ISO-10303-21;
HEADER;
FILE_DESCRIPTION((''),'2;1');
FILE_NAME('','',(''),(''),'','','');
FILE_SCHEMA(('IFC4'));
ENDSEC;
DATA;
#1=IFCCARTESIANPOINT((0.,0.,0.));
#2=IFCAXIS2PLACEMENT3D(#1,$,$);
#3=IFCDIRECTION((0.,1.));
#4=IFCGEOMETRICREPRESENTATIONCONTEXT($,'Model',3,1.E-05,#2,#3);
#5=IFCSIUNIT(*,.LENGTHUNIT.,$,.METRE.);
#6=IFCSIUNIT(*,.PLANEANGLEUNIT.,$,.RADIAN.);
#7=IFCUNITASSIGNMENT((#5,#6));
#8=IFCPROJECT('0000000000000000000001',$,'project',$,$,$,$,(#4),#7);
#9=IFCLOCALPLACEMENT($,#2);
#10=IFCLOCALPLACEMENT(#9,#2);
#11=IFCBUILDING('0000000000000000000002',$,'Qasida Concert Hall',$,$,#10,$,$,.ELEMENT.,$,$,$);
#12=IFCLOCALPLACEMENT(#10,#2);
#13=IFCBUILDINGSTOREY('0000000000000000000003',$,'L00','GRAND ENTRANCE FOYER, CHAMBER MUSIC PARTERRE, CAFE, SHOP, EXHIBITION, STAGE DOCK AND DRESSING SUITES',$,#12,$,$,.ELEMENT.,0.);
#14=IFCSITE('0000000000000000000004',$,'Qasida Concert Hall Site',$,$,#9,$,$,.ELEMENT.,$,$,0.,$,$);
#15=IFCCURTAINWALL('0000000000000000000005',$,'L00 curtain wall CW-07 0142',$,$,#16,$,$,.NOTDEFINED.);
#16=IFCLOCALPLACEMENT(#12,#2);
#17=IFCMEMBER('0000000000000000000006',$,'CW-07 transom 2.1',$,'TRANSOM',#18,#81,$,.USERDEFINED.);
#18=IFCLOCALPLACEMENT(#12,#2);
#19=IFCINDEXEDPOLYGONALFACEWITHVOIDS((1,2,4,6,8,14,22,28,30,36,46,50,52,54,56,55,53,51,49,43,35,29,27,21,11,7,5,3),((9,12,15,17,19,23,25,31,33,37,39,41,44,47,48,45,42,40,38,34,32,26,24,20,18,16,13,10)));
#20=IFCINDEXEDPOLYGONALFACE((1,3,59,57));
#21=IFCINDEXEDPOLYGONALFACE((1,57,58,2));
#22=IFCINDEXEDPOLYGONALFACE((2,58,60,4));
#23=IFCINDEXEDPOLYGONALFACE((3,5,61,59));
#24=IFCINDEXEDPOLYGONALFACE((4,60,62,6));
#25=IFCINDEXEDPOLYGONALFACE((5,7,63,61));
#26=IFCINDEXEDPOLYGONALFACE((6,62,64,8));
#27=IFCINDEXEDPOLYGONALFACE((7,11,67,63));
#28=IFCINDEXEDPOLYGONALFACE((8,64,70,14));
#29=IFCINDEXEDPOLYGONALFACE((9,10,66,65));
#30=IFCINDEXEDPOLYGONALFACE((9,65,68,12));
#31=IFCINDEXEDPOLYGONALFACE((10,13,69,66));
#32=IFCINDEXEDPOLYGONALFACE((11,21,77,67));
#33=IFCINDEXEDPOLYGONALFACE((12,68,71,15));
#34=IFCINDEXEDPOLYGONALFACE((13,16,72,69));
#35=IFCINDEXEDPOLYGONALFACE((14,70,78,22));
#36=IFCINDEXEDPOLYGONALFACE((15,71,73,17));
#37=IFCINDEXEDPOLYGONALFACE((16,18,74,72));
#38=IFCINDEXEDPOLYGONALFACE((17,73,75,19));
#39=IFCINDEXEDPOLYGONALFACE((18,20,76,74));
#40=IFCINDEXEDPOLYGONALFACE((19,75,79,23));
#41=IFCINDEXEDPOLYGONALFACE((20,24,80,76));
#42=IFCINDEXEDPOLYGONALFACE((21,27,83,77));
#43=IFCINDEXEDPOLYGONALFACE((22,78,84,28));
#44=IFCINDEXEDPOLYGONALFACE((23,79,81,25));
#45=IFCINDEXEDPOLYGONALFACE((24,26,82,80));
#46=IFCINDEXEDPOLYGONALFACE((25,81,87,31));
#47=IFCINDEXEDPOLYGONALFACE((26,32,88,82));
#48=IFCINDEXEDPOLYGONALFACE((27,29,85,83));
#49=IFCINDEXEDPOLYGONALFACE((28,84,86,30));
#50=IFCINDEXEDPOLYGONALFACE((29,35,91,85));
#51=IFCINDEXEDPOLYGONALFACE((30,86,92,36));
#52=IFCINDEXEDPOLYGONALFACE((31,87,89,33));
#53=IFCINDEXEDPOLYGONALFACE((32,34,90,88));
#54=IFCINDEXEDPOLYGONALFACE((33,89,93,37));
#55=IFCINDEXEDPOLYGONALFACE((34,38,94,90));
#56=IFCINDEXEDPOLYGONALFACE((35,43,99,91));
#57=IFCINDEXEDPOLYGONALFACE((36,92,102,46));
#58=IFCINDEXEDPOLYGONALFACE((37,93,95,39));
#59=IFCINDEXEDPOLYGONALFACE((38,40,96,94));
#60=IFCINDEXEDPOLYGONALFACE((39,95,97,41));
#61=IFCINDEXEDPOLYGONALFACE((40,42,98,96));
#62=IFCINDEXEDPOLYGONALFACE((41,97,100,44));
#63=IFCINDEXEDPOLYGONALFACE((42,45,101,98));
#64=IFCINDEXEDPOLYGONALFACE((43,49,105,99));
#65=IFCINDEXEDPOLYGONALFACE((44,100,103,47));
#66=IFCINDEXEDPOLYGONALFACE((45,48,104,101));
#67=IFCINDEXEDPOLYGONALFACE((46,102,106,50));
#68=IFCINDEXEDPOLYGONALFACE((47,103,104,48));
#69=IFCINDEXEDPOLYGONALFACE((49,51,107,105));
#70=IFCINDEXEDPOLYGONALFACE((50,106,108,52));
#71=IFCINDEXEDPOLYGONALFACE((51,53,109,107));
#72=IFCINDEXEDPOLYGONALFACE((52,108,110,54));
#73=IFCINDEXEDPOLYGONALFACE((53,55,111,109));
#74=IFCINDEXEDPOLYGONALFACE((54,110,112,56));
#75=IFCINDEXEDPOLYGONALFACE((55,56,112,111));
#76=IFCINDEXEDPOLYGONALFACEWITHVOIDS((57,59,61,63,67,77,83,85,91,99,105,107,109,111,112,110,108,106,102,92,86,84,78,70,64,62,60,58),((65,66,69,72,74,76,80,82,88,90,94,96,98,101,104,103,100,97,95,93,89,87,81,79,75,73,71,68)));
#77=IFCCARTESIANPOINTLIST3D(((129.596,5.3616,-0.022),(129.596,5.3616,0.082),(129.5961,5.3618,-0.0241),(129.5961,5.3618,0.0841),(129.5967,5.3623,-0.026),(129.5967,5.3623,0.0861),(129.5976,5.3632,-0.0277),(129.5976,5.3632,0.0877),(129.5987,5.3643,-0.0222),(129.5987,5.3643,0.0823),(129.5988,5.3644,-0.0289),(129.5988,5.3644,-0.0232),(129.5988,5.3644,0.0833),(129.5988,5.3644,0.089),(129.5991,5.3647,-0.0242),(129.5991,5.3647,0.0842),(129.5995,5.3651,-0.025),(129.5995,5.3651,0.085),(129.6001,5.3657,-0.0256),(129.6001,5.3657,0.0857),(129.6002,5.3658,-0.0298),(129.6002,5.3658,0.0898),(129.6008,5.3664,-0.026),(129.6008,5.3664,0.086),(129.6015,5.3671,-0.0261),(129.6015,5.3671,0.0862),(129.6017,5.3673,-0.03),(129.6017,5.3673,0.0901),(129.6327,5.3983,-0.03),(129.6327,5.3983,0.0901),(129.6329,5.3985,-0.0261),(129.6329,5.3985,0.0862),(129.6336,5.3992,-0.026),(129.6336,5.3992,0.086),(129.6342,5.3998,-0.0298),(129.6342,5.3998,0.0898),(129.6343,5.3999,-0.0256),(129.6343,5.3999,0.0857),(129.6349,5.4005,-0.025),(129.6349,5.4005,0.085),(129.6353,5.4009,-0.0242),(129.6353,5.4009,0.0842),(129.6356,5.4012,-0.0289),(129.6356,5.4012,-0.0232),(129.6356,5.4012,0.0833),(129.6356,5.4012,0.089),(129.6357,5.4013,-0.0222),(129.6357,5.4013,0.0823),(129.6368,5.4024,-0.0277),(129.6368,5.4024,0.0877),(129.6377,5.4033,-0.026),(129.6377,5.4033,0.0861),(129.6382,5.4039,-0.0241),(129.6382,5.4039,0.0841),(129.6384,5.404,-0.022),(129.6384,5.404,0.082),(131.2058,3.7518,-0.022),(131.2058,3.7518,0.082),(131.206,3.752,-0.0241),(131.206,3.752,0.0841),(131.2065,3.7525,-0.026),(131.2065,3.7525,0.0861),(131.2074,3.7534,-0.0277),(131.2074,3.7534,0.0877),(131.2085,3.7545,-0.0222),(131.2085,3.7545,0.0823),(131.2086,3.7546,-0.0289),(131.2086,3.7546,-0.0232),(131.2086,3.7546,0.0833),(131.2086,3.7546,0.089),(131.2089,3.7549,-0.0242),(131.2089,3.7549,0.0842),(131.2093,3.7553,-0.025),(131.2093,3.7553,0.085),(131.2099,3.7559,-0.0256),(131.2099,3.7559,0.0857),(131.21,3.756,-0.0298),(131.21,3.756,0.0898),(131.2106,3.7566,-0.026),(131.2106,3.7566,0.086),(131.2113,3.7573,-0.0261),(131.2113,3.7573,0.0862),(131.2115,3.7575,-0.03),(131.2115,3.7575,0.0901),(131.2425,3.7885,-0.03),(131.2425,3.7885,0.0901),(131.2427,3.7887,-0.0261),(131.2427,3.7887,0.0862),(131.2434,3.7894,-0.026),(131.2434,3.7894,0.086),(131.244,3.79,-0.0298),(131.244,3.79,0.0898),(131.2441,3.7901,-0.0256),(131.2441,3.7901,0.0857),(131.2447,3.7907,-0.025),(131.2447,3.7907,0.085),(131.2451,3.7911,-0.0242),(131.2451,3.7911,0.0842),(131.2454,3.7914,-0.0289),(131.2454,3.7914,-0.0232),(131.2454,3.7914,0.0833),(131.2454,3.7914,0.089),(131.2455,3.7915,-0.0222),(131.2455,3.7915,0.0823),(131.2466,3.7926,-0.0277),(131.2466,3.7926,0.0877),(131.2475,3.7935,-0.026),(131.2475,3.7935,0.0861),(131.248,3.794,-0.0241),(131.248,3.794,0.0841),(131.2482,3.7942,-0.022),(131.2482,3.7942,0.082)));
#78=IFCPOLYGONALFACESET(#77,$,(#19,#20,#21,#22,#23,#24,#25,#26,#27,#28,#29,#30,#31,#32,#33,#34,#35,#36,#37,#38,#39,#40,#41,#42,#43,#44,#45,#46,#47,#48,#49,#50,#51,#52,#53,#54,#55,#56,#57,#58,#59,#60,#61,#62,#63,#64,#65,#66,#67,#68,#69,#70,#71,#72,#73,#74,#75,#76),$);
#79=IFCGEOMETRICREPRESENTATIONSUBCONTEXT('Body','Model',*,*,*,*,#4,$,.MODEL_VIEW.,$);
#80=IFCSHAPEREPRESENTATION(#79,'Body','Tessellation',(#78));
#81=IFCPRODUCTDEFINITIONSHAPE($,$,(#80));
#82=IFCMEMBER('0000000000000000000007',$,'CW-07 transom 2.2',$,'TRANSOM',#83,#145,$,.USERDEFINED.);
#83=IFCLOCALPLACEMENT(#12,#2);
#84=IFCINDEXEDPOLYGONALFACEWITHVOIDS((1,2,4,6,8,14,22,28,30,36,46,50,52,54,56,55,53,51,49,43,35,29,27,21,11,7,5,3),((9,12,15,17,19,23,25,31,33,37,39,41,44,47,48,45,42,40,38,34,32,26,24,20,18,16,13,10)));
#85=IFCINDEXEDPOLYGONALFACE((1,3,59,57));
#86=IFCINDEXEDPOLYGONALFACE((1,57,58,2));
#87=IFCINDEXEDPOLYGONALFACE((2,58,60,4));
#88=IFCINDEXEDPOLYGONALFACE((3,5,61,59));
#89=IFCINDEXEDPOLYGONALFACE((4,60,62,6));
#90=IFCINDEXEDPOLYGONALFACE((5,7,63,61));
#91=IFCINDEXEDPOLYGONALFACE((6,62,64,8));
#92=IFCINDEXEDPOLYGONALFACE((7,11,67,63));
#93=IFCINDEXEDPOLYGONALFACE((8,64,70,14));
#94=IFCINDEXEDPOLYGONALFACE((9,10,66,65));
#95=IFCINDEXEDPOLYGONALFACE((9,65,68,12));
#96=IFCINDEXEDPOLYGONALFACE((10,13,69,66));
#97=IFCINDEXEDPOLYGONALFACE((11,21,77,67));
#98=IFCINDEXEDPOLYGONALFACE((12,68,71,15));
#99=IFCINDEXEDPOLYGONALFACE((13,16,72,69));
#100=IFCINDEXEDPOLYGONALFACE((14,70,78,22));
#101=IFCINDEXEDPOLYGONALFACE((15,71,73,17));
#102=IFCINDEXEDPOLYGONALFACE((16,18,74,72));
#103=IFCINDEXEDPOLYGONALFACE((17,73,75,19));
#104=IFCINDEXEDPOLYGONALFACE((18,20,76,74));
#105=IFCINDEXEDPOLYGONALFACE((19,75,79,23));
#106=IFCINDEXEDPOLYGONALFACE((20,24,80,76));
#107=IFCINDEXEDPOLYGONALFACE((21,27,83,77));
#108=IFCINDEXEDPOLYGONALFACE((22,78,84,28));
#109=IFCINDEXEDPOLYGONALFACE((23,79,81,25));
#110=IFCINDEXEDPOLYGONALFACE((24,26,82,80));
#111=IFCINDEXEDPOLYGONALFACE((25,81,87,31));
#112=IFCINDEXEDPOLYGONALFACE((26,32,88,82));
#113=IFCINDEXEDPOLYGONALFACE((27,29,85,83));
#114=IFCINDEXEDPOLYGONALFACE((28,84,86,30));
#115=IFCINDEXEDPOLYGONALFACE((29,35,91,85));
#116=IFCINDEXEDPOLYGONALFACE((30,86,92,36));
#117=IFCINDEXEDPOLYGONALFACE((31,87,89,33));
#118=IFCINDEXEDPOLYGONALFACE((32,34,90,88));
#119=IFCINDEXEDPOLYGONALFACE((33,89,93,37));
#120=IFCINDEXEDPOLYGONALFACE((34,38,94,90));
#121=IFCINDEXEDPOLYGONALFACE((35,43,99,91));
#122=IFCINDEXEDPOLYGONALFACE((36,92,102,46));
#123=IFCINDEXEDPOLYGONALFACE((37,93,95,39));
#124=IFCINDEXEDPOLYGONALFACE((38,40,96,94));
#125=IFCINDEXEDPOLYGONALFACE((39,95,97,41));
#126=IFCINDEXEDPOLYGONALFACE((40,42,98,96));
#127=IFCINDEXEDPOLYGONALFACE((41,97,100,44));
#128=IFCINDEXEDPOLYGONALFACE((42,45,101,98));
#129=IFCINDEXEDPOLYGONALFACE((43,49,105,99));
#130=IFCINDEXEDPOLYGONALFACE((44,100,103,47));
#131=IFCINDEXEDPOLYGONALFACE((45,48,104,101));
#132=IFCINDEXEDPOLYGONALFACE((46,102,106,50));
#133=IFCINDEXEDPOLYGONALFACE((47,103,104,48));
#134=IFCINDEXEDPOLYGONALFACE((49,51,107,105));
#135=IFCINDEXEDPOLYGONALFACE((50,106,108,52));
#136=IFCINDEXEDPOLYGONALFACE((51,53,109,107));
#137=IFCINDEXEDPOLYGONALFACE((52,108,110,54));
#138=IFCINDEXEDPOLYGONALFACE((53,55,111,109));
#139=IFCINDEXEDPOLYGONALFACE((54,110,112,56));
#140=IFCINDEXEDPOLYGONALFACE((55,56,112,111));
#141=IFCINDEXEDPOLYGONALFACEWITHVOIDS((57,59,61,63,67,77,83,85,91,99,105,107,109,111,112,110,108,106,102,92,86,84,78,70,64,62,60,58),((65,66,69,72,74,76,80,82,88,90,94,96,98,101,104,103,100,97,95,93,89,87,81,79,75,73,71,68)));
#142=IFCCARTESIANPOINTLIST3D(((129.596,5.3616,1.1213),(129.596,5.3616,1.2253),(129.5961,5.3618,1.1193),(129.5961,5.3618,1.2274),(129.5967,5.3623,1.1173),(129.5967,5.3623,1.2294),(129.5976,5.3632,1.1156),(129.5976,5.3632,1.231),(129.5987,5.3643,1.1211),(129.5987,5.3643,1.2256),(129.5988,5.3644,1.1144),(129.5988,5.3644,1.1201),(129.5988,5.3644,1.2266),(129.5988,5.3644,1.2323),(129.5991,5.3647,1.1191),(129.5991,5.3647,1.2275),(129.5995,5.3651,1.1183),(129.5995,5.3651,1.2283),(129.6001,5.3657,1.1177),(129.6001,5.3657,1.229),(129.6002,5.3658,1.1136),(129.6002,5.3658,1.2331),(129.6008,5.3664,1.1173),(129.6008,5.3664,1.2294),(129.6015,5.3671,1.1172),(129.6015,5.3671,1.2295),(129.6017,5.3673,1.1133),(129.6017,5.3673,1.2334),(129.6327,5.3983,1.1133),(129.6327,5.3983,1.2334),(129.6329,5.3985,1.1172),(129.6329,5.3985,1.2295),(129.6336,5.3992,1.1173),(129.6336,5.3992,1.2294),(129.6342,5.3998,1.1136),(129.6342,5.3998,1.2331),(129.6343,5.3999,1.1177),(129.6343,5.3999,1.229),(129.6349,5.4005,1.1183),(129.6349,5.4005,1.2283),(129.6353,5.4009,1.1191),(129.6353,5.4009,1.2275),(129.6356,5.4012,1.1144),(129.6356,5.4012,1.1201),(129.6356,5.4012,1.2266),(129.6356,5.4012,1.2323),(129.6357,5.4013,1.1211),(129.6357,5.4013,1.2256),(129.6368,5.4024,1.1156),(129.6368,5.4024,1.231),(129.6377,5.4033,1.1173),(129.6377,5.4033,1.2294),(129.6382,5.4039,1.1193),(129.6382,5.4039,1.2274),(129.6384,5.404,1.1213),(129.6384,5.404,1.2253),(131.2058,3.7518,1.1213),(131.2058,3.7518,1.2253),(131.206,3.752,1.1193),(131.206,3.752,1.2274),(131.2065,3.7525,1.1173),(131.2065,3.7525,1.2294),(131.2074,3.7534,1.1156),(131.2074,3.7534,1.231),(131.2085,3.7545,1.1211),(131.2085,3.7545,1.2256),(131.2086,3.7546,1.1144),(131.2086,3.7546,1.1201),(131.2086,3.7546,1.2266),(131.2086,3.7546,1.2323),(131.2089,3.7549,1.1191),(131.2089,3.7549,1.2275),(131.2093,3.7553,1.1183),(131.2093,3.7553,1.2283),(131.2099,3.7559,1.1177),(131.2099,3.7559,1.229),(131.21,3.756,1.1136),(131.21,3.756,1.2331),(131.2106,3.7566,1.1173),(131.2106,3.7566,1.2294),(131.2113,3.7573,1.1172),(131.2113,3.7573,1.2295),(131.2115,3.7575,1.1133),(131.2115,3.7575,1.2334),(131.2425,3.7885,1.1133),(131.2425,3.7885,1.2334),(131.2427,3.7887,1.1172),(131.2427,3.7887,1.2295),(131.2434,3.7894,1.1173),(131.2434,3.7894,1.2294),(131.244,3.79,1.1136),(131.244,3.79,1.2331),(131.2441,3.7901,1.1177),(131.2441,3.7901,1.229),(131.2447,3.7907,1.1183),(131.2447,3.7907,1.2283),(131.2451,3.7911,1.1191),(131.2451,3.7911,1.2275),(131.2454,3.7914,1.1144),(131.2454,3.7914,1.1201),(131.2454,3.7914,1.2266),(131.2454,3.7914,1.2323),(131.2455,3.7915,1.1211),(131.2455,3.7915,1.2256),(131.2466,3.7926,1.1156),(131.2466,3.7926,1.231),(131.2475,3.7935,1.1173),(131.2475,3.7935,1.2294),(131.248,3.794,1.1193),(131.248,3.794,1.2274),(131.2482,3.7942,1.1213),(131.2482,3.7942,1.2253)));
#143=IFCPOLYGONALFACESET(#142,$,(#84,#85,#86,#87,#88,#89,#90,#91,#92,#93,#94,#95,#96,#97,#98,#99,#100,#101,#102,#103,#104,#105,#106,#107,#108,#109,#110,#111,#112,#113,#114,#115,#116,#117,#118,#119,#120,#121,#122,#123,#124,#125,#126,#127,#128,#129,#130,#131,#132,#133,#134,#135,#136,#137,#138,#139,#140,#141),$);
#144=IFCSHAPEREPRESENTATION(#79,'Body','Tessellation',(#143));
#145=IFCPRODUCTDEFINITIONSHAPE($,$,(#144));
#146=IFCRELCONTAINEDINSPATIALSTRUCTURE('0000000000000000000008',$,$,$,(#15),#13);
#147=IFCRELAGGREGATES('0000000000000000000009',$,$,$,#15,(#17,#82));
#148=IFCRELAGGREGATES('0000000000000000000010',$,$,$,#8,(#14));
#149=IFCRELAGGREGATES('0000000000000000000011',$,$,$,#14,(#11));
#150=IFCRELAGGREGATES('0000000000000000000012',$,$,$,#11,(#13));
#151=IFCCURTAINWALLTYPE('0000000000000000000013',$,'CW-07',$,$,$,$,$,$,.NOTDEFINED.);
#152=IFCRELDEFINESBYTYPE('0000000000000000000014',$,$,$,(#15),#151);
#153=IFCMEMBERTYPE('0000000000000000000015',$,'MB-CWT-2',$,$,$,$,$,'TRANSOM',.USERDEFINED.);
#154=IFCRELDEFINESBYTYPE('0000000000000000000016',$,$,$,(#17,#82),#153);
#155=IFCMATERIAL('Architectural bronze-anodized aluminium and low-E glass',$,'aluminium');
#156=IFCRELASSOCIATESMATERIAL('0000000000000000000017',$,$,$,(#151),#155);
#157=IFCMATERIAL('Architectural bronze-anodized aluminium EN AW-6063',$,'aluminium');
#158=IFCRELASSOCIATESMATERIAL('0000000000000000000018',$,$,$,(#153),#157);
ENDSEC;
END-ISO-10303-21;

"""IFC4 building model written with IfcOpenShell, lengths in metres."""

from ifc_helpers import new_model, si_unit, direction, frame, origin, origin_2d, place, context, subcontext, project, spatial, hollow_rectangle, extrude, material, material_profile, profile_set, type_object, element, aggregate, save


model = new_model("IFC4")

# Units and contexts
model_context = context("Model", 3, precision=1e-05, world=origin(), true_north=direction((0.0, 1.0)))
body_context = subcontext(model_context, "Body", "Model", "MODEL_VIEW")
ifc_project = project(units=[si_unit("LENGTHUNIT", "METRE"), si_unit("PLANEANGLEUNIT", "RADIAN")], contexts=[model_context])

# Site, building, storey
site_placement = place(None, origin())
site = spatial("IfcSite", under=ifc_project, at=site_placement, Name="Qasida Concert Hall Site", CompositionType="ELEMENT", RefElevation=0.0)
building_placement = place(site_placement, origin())
building = spatial("IfcBuilding", under=site, at=building_placement, Name="Qasida Concert Hall", CompositionType="ELEMENT")
storey_placement = place(building_placement, origin())
storey = spatial("IfcBuildingStorey", under=building, at=storey_placement, Name="L00", Description="GRAND ENTRANCE FOYER, CHAMBER MUSIC PARTERRE, CAFE, SHOP, EXHIBITION, STAGE DOCK AND DRESSING SUITES", CompositionType="ELEMENT", Elevation=0.0)

# Curtain wall, members
ifc_material_1 = material(Name="Architectural bronze-anodized aluminium and low-E glass", Category="aluminium")
curtain_wall_type = type_object("IfcCurtainWallType", Name="CW-07", PredefinedType="NOTDEFINED", material=ifc_material_1)
curtain_wall_placement = place(storey_placement, origin())
curtain_wall = element("IfcCurtainWall", 1, at=curtain_wall_placement, inside=storey, type_object=curtain_wall_type, Name="L00 curtain wall CW-07 0142", PredefinedType="NOTDEFINED")
ifc_material_2 = material(Name="Architectural bronze-anodized aluminium EN AW-6063", Category="aluminium")
ifc_material_profile_1 = material_profile(ifc_material_2, hollow_rectangle(XDim=0.0601, YDim=0.1201, WallThickness=0.0039, InnerFilletRadius=0.0039, OuterFilletRadius=0.0081, at=origin_2d()), Name="CWT 120x60x4")
ifc_profile_set_1 = profile_set([ifc_material_profile_1], Name="Architectural bronze-anodized aluminium EN AW-6063")
member_type_1 = type_object("IfcMemberType", Name="MB-CWT-2", ElementType="TRANSOM", PredefinedType="USERDEFINED", material=ifc_profile_set_1)
member_1_placement = place(storey_placement, frame((129.6172, 5.3828, 0.03), z_axis=(0.707107, -0.707107, 0.0), x_axis=(0.707107, 0.707107, 0.0)))
member_1 = element("IfcMember", 2, at=member_1_placement, type_object=member_type_1, Name="CW-07 transom 2.1", ObjectType="TRANSOM", PredefinedType="USERDEFINED", context=body_context, shape_type="SweptSolid", body=[
    extrude(hollow_rectangle(XDim=0.0601, YDim=0.1201, WallThickness=0.0039, InnerFilletRadius=0.0039, OuterFilletRadius=0.0081, at=origin_2d()), origin(), (0.0, 0.0, 1.0), 2.2766),
])
member_2_placement = place(storey_placement, frame((129.6172, 5.3828, 1.1733), z_axis=(0.707107, -0.707107, 0.0), x_axis=(0.707107, 0.707107, 0.0)))
member_2 = element("IfcMember", 3, at=member_2_placement, type_object=member_type_1, Name="CW-07 transom 2.2", ObjectType="TRANSOM", PredefinedType="USERDEFINED", context=body_context, shape_type="SweptSolid", body=[
    extrude(hollow_rectangle(XDim=0.0601, YDim=0.1201, WallThickness=0.0039, InnerFilletRadius=0.0039, OuterFilletRadius=0.0081, at=origin_2d()), origin(), (0.0, 0.0, 1.0), 2.2766),
])
aggregate(curtain_wall, [member_1, member_2])

save(model, "model.ifc")
